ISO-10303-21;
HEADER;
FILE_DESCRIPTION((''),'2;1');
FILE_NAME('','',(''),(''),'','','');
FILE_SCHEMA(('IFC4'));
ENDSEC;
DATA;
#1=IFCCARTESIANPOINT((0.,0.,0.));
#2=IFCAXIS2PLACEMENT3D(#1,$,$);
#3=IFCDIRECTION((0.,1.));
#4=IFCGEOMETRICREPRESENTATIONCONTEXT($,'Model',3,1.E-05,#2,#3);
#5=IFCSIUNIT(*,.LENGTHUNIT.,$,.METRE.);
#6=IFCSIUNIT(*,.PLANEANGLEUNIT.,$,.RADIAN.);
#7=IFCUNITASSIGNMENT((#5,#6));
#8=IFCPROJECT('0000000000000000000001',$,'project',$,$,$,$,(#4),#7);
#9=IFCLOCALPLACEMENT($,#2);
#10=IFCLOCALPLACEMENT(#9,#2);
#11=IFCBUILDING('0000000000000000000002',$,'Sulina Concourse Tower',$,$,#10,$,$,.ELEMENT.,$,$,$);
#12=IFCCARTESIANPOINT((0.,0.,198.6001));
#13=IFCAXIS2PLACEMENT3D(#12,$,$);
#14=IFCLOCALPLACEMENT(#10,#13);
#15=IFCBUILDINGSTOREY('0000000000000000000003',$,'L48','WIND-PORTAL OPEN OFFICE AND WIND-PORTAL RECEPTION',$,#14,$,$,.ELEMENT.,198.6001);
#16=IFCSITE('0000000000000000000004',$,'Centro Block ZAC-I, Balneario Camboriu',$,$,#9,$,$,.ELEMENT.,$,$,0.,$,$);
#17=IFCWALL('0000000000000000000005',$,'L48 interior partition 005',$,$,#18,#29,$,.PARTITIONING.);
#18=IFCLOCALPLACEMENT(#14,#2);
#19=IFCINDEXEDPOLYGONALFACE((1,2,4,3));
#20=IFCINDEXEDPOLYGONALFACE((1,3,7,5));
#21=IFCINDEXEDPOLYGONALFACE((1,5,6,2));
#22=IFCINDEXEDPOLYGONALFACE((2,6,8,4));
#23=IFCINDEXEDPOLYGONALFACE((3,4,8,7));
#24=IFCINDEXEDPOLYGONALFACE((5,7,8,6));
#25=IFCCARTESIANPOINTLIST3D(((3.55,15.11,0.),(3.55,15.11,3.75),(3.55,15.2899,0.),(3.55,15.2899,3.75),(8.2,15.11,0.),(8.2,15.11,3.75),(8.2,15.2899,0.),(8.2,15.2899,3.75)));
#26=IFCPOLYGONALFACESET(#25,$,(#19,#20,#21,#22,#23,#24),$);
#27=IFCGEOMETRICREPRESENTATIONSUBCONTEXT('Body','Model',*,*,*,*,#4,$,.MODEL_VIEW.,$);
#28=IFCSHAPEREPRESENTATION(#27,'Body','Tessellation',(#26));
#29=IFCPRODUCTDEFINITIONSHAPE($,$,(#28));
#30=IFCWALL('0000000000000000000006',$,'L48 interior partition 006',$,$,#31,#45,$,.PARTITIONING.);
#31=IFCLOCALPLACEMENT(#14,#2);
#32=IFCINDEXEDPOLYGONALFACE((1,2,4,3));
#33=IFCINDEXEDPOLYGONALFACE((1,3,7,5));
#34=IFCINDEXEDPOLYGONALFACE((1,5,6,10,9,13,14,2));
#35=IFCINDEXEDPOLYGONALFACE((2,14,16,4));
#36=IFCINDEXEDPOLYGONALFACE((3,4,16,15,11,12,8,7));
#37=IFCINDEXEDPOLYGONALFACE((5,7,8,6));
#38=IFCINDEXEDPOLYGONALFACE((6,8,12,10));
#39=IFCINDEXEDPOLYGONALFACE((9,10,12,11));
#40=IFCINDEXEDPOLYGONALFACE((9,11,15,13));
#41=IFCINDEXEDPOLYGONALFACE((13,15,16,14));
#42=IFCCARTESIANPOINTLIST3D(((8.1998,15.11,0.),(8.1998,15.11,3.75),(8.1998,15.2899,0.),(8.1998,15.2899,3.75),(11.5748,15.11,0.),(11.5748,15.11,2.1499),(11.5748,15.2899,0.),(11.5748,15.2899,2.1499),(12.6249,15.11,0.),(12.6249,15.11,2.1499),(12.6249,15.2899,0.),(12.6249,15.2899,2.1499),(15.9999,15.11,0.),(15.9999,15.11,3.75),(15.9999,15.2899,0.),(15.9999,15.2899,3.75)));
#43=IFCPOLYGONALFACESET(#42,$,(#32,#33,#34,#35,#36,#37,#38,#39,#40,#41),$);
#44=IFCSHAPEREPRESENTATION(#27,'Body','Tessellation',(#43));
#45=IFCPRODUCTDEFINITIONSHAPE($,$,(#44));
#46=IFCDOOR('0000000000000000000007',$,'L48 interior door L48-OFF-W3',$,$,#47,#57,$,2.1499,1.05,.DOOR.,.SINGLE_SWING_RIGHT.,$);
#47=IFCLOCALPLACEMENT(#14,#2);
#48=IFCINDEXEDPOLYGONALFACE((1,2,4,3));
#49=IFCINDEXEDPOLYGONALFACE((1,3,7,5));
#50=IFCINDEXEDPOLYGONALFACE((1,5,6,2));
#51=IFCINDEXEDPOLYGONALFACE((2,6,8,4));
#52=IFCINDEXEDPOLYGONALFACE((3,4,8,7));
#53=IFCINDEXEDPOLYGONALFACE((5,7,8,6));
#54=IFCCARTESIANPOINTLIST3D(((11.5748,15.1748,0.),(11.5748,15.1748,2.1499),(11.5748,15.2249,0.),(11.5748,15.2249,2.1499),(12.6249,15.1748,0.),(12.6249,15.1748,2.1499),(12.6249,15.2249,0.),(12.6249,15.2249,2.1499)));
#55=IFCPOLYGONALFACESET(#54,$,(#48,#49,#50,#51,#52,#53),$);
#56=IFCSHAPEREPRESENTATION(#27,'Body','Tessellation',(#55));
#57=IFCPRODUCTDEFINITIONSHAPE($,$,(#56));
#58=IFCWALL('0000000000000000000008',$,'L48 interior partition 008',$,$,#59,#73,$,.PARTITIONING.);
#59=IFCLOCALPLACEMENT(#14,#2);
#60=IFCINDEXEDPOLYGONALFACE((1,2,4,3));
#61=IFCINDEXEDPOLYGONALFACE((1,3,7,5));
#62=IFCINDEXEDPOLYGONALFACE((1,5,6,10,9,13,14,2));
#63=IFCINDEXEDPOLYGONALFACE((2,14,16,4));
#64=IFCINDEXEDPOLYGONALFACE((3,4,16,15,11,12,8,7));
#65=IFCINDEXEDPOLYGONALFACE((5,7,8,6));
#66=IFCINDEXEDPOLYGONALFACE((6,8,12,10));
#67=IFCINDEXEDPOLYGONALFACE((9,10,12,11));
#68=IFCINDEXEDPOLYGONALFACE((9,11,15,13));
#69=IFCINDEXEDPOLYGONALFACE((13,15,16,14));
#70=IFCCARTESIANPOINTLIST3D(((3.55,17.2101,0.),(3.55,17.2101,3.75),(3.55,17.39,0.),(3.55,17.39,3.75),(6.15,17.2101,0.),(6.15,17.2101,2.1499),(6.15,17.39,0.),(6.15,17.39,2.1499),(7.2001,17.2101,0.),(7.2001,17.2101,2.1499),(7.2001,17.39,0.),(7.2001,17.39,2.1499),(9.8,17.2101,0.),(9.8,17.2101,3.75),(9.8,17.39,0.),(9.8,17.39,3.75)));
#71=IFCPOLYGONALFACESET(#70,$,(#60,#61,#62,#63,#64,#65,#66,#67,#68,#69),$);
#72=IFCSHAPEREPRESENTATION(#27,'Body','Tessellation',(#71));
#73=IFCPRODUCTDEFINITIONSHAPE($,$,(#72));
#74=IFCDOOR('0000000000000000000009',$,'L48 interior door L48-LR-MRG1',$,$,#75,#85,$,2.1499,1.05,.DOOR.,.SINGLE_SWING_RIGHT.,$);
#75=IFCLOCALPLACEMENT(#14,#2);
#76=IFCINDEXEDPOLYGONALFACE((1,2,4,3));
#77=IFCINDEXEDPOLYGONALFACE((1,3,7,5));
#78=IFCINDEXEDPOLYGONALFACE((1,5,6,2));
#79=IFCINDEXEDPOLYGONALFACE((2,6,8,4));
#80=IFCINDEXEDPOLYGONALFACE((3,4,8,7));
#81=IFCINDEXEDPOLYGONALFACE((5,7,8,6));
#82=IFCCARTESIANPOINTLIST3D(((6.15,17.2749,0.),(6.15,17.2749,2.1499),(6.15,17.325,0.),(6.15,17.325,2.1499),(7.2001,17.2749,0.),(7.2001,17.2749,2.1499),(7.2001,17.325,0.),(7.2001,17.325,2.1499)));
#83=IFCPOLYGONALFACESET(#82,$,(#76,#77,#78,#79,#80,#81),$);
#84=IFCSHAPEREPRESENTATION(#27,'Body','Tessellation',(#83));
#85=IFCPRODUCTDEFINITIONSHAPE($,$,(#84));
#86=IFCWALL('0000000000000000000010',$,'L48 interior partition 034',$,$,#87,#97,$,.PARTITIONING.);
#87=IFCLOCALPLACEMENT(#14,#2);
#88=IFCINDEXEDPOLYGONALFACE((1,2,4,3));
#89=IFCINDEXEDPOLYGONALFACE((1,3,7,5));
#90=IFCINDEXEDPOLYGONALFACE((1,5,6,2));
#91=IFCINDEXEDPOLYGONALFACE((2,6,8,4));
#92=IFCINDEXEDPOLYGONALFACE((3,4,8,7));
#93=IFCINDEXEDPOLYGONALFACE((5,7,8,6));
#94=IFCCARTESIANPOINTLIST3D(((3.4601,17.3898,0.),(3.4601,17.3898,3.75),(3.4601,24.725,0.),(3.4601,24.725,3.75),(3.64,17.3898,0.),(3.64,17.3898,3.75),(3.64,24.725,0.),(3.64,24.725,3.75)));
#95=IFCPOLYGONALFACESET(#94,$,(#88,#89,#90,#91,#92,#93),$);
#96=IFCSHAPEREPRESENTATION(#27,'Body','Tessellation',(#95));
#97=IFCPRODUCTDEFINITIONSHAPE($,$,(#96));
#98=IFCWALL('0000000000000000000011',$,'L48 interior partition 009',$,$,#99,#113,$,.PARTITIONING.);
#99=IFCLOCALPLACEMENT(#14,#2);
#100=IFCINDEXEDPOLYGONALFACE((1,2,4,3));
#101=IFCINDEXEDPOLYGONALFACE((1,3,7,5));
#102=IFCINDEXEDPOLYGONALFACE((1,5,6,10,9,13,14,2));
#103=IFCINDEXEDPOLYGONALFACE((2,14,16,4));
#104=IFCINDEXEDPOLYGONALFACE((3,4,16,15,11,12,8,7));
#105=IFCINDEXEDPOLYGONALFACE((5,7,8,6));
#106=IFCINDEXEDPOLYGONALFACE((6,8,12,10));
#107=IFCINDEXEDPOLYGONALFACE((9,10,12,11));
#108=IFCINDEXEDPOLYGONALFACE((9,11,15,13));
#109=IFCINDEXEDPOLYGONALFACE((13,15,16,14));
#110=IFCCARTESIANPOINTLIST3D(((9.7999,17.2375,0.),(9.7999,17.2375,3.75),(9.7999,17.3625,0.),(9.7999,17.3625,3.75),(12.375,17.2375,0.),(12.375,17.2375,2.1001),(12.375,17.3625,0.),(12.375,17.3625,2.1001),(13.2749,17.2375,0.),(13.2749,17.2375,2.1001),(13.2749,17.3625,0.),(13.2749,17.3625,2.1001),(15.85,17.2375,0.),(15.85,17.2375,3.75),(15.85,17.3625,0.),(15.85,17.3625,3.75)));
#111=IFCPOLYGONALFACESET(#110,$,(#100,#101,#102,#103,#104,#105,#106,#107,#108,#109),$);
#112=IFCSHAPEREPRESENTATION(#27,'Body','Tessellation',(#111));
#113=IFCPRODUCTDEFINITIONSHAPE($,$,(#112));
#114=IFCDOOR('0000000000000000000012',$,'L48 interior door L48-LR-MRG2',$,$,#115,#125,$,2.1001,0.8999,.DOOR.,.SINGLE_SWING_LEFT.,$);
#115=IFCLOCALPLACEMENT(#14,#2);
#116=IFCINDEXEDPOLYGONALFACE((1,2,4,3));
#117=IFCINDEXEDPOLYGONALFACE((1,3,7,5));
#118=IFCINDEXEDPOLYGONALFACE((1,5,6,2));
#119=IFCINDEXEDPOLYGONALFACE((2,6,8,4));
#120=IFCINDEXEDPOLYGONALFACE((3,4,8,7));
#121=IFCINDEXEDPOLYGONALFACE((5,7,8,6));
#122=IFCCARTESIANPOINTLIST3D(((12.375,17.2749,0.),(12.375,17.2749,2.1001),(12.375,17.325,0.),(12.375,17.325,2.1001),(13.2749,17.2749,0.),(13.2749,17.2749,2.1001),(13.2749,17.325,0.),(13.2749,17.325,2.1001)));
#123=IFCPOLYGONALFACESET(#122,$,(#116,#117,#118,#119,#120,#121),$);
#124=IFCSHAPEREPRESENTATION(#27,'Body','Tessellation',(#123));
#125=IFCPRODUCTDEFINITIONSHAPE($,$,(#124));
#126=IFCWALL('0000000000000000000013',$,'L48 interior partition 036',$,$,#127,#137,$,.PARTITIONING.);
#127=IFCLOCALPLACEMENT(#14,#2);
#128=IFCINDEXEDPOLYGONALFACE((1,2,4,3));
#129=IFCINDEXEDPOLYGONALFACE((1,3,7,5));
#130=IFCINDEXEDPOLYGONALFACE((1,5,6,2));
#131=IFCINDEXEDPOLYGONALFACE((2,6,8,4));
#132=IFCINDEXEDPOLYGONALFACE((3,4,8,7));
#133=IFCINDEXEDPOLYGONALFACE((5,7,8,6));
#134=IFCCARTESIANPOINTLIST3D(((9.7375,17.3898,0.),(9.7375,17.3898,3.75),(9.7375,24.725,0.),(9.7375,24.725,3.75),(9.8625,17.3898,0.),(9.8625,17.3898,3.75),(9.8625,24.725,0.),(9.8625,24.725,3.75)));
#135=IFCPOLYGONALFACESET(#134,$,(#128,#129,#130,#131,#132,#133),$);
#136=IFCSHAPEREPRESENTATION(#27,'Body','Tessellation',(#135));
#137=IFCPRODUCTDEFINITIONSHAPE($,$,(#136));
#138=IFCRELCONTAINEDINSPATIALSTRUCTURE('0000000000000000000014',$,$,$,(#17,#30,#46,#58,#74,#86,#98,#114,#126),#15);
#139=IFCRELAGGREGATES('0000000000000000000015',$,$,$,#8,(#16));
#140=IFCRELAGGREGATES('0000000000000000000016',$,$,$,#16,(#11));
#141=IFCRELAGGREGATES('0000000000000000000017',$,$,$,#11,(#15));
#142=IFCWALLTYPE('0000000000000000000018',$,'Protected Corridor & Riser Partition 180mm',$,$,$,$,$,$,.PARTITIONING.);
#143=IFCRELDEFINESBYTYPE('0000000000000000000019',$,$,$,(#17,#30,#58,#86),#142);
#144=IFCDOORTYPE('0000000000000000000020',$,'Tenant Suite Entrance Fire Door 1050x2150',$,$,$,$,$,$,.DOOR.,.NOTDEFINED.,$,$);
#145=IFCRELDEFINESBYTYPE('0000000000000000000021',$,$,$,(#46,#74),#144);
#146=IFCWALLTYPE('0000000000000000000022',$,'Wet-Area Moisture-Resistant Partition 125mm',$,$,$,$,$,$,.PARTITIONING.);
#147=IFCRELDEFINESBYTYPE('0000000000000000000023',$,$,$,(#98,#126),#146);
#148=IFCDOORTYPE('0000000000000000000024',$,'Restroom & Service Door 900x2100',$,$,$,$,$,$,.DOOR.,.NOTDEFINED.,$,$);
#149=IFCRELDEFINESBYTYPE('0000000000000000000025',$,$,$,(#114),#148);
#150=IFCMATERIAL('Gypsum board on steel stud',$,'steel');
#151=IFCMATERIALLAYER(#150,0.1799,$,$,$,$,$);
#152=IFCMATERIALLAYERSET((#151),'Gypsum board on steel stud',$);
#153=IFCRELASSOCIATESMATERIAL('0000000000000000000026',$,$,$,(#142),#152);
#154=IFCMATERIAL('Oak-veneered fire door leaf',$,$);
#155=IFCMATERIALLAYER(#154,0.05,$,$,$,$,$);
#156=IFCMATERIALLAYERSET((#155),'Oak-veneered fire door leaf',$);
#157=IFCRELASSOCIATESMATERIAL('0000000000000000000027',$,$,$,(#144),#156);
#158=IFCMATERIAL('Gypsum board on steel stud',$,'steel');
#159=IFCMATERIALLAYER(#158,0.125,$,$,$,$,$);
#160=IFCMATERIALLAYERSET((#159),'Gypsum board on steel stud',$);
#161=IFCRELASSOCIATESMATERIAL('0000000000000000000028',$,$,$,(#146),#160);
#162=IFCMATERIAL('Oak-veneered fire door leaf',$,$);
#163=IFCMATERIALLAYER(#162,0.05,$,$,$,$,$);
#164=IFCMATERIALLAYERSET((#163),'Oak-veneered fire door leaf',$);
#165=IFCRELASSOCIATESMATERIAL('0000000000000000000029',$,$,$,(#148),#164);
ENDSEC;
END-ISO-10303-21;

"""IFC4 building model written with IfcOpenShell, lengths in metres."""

from ifc_helpers import new_model, si_unit, direction, frame, frame_2d, origin, place, context, subcontext, project, spatial, rectangle, extrude, material, layer, layer_set, type_object, element, fill, save


model = new_model("IFC4")

# Units and contexts
model_context = context("Model", 3, precision=1e-05, world=origin(), true_north=direction((0.0, 1.0)))
body_context = subcontext(model_context, "Body", "Model", "MODEL_VIEW")
ifc_project = project(units=[si_unit("LENGTHUNIT", "METRE"), si_unit("PLANEANGLEUNIT", "RADIAN")], contexts=[model_context])

# Site, building, storey
site_placement = place(None, origin())
site = spatial("IfcSite", under=ifc_project, at=site_placement, Name="Centro Block ZAC-I, Balneario Camboriu", CompositionType="ELEMENT", RefElevation=0.0)
building_placement = place(site_placement, origin())
building = spatial("IfcBuilding", under=site, at=building_placement, Name="Sulina Concourse Tower", CompositionType="ELEMENT")
storey_placement = place(building_placement, frame((0.0, 0.0, 198.6001)))
storey = spatial("IfcBuildingStorey", under=building, at=storey_placement, Name="L48", Description="WIND-PORTAL OPEN OFFICE AND WIND-PORTAL RECEPTION", CompositionType="ELEMENT", Elevation=198.6001)

# Shared definitions
ifc_material_1 = material(Name="Gypsum board on steel stud", Category="steel")
ifc_layer_1 = layer(ifc_material_1, 0.1799)
ifc_layer_set_1 = layer_set([ifc_layer_1], Name="Gypsum board on steel stud")
wall_type_1 = type_object("IfcWallType", Name="Protected Corridor & Riser Partition 180mm", PredefinedType="PARTITIONING", material=ifc_layer_set_1)
ifc_material_2 = material(Name="Oak-veneered fire door leaf")
ifc_layer_2 = layer(ifc_material_2, 0.05)
ifc_layer_set_2 = layer_set([ifc_layer_2], Name="Oak-veneered fire door leaf")
door_type_1 = type_object("IfcDoorType", Name="Tenant Suite Entrance Fire Door 1050x2150", OperationType="NOTDEFINED", PredefinedType="DOOR", material=ifc_layer_set_2)

# Wall
wall_1_placement = place(storey_placement, frame((3.55, 15.2, 0.0), z_axis=(0.0, 0.0, 1.0), x_axis=(1.0, 0.0, 0.0)))
element("IfcWall", 1, at=wall_1_placement, inside=storey, type_object=wall_type_1, Name="L48 interior partition 005", PredefinedType="PARTITIONING", context=body_context, shape_type="SweptSolid", body=[
    extrude(rectangle(XDim=4.6499, YDim=0.1799, at=frame_2d((2.325, 0.0))), origin(), (0.0, 0.0, 1.0), 3.75),
])

# Walls, openings, doors
wall_2_placement = place(storey_placement, frame((8.2, 15.2, 0.0), z_axis=(0.0, 0.0, 1.0), x_axis=(1.0, 0.0, 0.0)))
wall_2 = element("IfcWall", 2, at=wall_2_placement, inside=storey, type_object=wall_type_1, Name="L48 interior partition 006", PredefinedType="PARTITIONING", context=body_context, shape_type="SweptSolid", body=[
    extrude(rectangle(XDim=7.8, YDim=0.1799, at=frame_2d((3.8999, 0.0))), origin(), (0.0, 0.0, 1.0), 3.75),
])
opening_1_placement = place(wall_2_placement, frame((3.375, 0.0, 0.0)))
opening_1 = element("IfcOpeningElement", 3, at=opening_1_placement, cuts=wall_2, PredefinedType="OPENING", context=body_context, shape_type="SweptSolid", body=[
    extrude(rectangle(XDim=1.05, YDim=2.1499, at=frame_2d((0.5249, 1.075))), frame((0.0, 0.0999, 0.0), z_axis=(0.0, -1.0, 0.0), x_axis=(1.0, 0.0, 0.0)), (0.0, 0.0, 1.0), 0.2),
])
door_1_placement = place(opening_1_placement, origin())
door_1 = element("IfcDoor", 4, at=door_1_placement, inside=storey, type_object=door_type_1, Name="L48 interior door L48-OFF-W3", OperationType="SINGLE_SWING_RIGHT", OverallHeight=2.1499, OverallWidth=1.05, PredefinedType="DOOR", context=body_context, shape_type="SweptSolid", body=[
    extrude(rectangle(XDim=1.05, YDim=2.1499, at=frame_2d((0.5249, 1.075))), frame((0.0, 0.0249, 0.0), z_axis=(0.0, -1.0, 0.0), x_axis=(1.0, 0.0, 0.0)), (0.0, 0.0, 1.0), 0.05),
])
fill(opening_1, door_1)
wall_3_placement = place(storey_placement, frame((3.55, 17.3, 0.0), z_axis=(0.0, 0.0, 1.0), x_axis=(1.0, 0.0, 0.0)))
wall_3 = element("IfcWall", 5, at=wall_3_placement, inside=storey, type_object=wall_type_1, Name="L48 interior partition 008", PredefinedType="PARTITIONING", context=body_context, shape_type="SweptSolid", body=[
    extrude(rectangle(XDim=6.25, YDim=0.1799, at=frame_2d((3.125, 0.0))), origin(), (0.0, 0.0, 1.0), 3.75),
])
opening_2_placement = place(wall_3_placement, frame((2.6001, 0.0, 0.0)))
opening_2 = element("IfcOpeningElement", 6, at=opening_2_placement, cuts=wall_3, PredefinedType="OPENING", context=body_context, shape_type="SweptSolid", body=[
    extrude(rectangle(XDim=1.05, YDim=2.1499, at=frame_2d((0.5249, 1.075))), frame((0.0, 0.0999, 0.0), z_axis=(0.0, -1.0, 0.0), x_axis=(1.0, 0.0, 0.0)), (0.0, 0.0, 1.0), 0.2),
])
door_2_placement = place(opening_2_placement, origin())
door_2 = element("IfcDoor", 7, at=door_2_placement, inside=storey, type_object=door_type_1, Name="L48 interior door L48-LR-MRG1", OperationType="SINGLE_SWING_RIGHT", OverallHeight=2.1499, OverallWidth=1.05, PredefinedType="DOOR", context=body_context, shape_type="SweptSolid", body=[
    extrude(rectangle(XDim=1.05, YDim=2.1499, at=frame_2d((0.5249, 1.075))), frame((0.0, 0.0249, 0.0), z_axis=(0.0, -1.0, 0.0), x_axis=(1.0, 0.0, 0.0)), (0.0, 0.0, 1.0), 0.05),
])
fill(opening_2, door_2)

# Wall
wall_4_placement = place(storey_placement, frame((3.55, 17.3899, 0.0), z_axis=(0.0, 0.0, 1.0), x_axis=(0.0, 1.0, 0.0)))
element("IfcWall", 8, at=wall_4_placement, inside=storey, type_object=wall_type_1, Name="L48 interior partition 034", PredefinedType="PARTITIONING", context=body_context, shape_type="SweptSolid", body=[
    extrude(rectangle(XDim=7.3352, YDim=0.1799, at=frame_2d((3.6675, 0.0))), origin(), (0.0, 0.0, 1.0), 3.75),
])

# Wall, opening, door
ifc_material_3 = material(Name="Gypsum board on steel stud", Category="steel")
ifc_layer_3 = layer(ifc_material_3, 0.125)
ifc_layer_set_3 = layer_set([ifc_layer_3], Name="Gypsum board on steel stud")
wall_type_2 = type_object("IfcWallType", Name="Wet-Area Moisture-Resistant Partition 125mm", PredefinedType="PARTITIONING", material=ifc_layer_set_3)
wall_5_placement = place(storey_placement, frame((9.8, 17.3, 0.0), z_axis=(0.0, 0.0, 1.0), x_axis=(1.0, 0.0, 0.0)))
wall_5 = element("IfcWall", 9, at=wall_5_placement, inside=storey, type_object=wall_type_2, Name="L48 interior partition 009", PredefinedType="PARTITIONING", context=body_context, shape_type="SweptSolid", body=[
    extrude(rectangle(XDim=6.05, YDim=0.125, at=frame_2d((3.0249, 0.0))), origin(), (0.0, 0.0, 1.0), 3.75),
])
opening_3_placement = place(wall_5_placement, frame((2.575, 0.0, 0.0)))
opening_3 = element("IfcOpeningElement", 10, at=opening_3_placement, cuts=wall_5, PredefinedType="OPENING", context=body_context, shape_type="SweptSolid", body=[
    extrude(rectangle(XDim=0.8999, YDim=2.1001, at=frame_2d((0.45, 1.05))), frame((0.0, 0.0725, 0.0), z_axis=(0.0, -1.0, 0.0), x_axis=(1.0, 0.0, 0.0)), (0.0, 0.0, 1.0), 0.145),
])
ifc_material_4 = material(Name="Oak-veneered fire door leaf")
ifc_layer_4 = layer(ifc_material_4, 0.05)
ifc_layer_set_4 = layer_set([ifc_layer_4], Name="Oak-veneered fire door leaf")
door_type_2 = type_object("IfcDoorType", Name="Restroom & Service Door 900x2100", OperationType="NOTDEFINED", PredefinedType="DOOR", material=ifc_layer_set_4)
door_3_placement = place(opening_3_placement, origin())
door_3 = element("IfcDoor", 11, at=door_3_placement, inside=storey, type_object=door_type_2, Name="L48 interior door L48-LR-MRG2", OperationType="SINGLE_SWING_LEFT", OverallHeight=2.1001, OverallWidth=0.8999, PredefinedType="DOOR", context=body_context, shape_type="SweptSolid", body=[
    extrude(rectangle(XDim=0.8999, YDim=2.1001, at=frame_2d((0.45, 1.05))), frame((0.0, 0.0249, 0.0), z_axis=(0.0, -1.0, 0.0), x_axis=(1.0, 0.0, 0.0)), (0.0, 0.0, 1.0), 0.05),
])
fill(opening_3, door_3)

# Wall
wall_6_placement = place(storey_placement, frame((9.8, 17.3899, 0.0), z_axis=(0.0, 0.0, 1.0), x_axis=(0.0, 1.0, 0.0)))
element("IfcWall", 12, at=wall_6_placement, inside=storey, type_object=wall_type_2, Name="L48 interior partition 036", PredefinedType="PARTITIONING", context=body_context, shape_type="SweptSolid", body=[
    extrude(rectangle(XDim=7.3352, YDim=0.125, at=frame_2d((3.6675, 0.0))), origin(), (0.0, 0.0, 1.0), 3.75),
])

save(model, "model.ifc")
